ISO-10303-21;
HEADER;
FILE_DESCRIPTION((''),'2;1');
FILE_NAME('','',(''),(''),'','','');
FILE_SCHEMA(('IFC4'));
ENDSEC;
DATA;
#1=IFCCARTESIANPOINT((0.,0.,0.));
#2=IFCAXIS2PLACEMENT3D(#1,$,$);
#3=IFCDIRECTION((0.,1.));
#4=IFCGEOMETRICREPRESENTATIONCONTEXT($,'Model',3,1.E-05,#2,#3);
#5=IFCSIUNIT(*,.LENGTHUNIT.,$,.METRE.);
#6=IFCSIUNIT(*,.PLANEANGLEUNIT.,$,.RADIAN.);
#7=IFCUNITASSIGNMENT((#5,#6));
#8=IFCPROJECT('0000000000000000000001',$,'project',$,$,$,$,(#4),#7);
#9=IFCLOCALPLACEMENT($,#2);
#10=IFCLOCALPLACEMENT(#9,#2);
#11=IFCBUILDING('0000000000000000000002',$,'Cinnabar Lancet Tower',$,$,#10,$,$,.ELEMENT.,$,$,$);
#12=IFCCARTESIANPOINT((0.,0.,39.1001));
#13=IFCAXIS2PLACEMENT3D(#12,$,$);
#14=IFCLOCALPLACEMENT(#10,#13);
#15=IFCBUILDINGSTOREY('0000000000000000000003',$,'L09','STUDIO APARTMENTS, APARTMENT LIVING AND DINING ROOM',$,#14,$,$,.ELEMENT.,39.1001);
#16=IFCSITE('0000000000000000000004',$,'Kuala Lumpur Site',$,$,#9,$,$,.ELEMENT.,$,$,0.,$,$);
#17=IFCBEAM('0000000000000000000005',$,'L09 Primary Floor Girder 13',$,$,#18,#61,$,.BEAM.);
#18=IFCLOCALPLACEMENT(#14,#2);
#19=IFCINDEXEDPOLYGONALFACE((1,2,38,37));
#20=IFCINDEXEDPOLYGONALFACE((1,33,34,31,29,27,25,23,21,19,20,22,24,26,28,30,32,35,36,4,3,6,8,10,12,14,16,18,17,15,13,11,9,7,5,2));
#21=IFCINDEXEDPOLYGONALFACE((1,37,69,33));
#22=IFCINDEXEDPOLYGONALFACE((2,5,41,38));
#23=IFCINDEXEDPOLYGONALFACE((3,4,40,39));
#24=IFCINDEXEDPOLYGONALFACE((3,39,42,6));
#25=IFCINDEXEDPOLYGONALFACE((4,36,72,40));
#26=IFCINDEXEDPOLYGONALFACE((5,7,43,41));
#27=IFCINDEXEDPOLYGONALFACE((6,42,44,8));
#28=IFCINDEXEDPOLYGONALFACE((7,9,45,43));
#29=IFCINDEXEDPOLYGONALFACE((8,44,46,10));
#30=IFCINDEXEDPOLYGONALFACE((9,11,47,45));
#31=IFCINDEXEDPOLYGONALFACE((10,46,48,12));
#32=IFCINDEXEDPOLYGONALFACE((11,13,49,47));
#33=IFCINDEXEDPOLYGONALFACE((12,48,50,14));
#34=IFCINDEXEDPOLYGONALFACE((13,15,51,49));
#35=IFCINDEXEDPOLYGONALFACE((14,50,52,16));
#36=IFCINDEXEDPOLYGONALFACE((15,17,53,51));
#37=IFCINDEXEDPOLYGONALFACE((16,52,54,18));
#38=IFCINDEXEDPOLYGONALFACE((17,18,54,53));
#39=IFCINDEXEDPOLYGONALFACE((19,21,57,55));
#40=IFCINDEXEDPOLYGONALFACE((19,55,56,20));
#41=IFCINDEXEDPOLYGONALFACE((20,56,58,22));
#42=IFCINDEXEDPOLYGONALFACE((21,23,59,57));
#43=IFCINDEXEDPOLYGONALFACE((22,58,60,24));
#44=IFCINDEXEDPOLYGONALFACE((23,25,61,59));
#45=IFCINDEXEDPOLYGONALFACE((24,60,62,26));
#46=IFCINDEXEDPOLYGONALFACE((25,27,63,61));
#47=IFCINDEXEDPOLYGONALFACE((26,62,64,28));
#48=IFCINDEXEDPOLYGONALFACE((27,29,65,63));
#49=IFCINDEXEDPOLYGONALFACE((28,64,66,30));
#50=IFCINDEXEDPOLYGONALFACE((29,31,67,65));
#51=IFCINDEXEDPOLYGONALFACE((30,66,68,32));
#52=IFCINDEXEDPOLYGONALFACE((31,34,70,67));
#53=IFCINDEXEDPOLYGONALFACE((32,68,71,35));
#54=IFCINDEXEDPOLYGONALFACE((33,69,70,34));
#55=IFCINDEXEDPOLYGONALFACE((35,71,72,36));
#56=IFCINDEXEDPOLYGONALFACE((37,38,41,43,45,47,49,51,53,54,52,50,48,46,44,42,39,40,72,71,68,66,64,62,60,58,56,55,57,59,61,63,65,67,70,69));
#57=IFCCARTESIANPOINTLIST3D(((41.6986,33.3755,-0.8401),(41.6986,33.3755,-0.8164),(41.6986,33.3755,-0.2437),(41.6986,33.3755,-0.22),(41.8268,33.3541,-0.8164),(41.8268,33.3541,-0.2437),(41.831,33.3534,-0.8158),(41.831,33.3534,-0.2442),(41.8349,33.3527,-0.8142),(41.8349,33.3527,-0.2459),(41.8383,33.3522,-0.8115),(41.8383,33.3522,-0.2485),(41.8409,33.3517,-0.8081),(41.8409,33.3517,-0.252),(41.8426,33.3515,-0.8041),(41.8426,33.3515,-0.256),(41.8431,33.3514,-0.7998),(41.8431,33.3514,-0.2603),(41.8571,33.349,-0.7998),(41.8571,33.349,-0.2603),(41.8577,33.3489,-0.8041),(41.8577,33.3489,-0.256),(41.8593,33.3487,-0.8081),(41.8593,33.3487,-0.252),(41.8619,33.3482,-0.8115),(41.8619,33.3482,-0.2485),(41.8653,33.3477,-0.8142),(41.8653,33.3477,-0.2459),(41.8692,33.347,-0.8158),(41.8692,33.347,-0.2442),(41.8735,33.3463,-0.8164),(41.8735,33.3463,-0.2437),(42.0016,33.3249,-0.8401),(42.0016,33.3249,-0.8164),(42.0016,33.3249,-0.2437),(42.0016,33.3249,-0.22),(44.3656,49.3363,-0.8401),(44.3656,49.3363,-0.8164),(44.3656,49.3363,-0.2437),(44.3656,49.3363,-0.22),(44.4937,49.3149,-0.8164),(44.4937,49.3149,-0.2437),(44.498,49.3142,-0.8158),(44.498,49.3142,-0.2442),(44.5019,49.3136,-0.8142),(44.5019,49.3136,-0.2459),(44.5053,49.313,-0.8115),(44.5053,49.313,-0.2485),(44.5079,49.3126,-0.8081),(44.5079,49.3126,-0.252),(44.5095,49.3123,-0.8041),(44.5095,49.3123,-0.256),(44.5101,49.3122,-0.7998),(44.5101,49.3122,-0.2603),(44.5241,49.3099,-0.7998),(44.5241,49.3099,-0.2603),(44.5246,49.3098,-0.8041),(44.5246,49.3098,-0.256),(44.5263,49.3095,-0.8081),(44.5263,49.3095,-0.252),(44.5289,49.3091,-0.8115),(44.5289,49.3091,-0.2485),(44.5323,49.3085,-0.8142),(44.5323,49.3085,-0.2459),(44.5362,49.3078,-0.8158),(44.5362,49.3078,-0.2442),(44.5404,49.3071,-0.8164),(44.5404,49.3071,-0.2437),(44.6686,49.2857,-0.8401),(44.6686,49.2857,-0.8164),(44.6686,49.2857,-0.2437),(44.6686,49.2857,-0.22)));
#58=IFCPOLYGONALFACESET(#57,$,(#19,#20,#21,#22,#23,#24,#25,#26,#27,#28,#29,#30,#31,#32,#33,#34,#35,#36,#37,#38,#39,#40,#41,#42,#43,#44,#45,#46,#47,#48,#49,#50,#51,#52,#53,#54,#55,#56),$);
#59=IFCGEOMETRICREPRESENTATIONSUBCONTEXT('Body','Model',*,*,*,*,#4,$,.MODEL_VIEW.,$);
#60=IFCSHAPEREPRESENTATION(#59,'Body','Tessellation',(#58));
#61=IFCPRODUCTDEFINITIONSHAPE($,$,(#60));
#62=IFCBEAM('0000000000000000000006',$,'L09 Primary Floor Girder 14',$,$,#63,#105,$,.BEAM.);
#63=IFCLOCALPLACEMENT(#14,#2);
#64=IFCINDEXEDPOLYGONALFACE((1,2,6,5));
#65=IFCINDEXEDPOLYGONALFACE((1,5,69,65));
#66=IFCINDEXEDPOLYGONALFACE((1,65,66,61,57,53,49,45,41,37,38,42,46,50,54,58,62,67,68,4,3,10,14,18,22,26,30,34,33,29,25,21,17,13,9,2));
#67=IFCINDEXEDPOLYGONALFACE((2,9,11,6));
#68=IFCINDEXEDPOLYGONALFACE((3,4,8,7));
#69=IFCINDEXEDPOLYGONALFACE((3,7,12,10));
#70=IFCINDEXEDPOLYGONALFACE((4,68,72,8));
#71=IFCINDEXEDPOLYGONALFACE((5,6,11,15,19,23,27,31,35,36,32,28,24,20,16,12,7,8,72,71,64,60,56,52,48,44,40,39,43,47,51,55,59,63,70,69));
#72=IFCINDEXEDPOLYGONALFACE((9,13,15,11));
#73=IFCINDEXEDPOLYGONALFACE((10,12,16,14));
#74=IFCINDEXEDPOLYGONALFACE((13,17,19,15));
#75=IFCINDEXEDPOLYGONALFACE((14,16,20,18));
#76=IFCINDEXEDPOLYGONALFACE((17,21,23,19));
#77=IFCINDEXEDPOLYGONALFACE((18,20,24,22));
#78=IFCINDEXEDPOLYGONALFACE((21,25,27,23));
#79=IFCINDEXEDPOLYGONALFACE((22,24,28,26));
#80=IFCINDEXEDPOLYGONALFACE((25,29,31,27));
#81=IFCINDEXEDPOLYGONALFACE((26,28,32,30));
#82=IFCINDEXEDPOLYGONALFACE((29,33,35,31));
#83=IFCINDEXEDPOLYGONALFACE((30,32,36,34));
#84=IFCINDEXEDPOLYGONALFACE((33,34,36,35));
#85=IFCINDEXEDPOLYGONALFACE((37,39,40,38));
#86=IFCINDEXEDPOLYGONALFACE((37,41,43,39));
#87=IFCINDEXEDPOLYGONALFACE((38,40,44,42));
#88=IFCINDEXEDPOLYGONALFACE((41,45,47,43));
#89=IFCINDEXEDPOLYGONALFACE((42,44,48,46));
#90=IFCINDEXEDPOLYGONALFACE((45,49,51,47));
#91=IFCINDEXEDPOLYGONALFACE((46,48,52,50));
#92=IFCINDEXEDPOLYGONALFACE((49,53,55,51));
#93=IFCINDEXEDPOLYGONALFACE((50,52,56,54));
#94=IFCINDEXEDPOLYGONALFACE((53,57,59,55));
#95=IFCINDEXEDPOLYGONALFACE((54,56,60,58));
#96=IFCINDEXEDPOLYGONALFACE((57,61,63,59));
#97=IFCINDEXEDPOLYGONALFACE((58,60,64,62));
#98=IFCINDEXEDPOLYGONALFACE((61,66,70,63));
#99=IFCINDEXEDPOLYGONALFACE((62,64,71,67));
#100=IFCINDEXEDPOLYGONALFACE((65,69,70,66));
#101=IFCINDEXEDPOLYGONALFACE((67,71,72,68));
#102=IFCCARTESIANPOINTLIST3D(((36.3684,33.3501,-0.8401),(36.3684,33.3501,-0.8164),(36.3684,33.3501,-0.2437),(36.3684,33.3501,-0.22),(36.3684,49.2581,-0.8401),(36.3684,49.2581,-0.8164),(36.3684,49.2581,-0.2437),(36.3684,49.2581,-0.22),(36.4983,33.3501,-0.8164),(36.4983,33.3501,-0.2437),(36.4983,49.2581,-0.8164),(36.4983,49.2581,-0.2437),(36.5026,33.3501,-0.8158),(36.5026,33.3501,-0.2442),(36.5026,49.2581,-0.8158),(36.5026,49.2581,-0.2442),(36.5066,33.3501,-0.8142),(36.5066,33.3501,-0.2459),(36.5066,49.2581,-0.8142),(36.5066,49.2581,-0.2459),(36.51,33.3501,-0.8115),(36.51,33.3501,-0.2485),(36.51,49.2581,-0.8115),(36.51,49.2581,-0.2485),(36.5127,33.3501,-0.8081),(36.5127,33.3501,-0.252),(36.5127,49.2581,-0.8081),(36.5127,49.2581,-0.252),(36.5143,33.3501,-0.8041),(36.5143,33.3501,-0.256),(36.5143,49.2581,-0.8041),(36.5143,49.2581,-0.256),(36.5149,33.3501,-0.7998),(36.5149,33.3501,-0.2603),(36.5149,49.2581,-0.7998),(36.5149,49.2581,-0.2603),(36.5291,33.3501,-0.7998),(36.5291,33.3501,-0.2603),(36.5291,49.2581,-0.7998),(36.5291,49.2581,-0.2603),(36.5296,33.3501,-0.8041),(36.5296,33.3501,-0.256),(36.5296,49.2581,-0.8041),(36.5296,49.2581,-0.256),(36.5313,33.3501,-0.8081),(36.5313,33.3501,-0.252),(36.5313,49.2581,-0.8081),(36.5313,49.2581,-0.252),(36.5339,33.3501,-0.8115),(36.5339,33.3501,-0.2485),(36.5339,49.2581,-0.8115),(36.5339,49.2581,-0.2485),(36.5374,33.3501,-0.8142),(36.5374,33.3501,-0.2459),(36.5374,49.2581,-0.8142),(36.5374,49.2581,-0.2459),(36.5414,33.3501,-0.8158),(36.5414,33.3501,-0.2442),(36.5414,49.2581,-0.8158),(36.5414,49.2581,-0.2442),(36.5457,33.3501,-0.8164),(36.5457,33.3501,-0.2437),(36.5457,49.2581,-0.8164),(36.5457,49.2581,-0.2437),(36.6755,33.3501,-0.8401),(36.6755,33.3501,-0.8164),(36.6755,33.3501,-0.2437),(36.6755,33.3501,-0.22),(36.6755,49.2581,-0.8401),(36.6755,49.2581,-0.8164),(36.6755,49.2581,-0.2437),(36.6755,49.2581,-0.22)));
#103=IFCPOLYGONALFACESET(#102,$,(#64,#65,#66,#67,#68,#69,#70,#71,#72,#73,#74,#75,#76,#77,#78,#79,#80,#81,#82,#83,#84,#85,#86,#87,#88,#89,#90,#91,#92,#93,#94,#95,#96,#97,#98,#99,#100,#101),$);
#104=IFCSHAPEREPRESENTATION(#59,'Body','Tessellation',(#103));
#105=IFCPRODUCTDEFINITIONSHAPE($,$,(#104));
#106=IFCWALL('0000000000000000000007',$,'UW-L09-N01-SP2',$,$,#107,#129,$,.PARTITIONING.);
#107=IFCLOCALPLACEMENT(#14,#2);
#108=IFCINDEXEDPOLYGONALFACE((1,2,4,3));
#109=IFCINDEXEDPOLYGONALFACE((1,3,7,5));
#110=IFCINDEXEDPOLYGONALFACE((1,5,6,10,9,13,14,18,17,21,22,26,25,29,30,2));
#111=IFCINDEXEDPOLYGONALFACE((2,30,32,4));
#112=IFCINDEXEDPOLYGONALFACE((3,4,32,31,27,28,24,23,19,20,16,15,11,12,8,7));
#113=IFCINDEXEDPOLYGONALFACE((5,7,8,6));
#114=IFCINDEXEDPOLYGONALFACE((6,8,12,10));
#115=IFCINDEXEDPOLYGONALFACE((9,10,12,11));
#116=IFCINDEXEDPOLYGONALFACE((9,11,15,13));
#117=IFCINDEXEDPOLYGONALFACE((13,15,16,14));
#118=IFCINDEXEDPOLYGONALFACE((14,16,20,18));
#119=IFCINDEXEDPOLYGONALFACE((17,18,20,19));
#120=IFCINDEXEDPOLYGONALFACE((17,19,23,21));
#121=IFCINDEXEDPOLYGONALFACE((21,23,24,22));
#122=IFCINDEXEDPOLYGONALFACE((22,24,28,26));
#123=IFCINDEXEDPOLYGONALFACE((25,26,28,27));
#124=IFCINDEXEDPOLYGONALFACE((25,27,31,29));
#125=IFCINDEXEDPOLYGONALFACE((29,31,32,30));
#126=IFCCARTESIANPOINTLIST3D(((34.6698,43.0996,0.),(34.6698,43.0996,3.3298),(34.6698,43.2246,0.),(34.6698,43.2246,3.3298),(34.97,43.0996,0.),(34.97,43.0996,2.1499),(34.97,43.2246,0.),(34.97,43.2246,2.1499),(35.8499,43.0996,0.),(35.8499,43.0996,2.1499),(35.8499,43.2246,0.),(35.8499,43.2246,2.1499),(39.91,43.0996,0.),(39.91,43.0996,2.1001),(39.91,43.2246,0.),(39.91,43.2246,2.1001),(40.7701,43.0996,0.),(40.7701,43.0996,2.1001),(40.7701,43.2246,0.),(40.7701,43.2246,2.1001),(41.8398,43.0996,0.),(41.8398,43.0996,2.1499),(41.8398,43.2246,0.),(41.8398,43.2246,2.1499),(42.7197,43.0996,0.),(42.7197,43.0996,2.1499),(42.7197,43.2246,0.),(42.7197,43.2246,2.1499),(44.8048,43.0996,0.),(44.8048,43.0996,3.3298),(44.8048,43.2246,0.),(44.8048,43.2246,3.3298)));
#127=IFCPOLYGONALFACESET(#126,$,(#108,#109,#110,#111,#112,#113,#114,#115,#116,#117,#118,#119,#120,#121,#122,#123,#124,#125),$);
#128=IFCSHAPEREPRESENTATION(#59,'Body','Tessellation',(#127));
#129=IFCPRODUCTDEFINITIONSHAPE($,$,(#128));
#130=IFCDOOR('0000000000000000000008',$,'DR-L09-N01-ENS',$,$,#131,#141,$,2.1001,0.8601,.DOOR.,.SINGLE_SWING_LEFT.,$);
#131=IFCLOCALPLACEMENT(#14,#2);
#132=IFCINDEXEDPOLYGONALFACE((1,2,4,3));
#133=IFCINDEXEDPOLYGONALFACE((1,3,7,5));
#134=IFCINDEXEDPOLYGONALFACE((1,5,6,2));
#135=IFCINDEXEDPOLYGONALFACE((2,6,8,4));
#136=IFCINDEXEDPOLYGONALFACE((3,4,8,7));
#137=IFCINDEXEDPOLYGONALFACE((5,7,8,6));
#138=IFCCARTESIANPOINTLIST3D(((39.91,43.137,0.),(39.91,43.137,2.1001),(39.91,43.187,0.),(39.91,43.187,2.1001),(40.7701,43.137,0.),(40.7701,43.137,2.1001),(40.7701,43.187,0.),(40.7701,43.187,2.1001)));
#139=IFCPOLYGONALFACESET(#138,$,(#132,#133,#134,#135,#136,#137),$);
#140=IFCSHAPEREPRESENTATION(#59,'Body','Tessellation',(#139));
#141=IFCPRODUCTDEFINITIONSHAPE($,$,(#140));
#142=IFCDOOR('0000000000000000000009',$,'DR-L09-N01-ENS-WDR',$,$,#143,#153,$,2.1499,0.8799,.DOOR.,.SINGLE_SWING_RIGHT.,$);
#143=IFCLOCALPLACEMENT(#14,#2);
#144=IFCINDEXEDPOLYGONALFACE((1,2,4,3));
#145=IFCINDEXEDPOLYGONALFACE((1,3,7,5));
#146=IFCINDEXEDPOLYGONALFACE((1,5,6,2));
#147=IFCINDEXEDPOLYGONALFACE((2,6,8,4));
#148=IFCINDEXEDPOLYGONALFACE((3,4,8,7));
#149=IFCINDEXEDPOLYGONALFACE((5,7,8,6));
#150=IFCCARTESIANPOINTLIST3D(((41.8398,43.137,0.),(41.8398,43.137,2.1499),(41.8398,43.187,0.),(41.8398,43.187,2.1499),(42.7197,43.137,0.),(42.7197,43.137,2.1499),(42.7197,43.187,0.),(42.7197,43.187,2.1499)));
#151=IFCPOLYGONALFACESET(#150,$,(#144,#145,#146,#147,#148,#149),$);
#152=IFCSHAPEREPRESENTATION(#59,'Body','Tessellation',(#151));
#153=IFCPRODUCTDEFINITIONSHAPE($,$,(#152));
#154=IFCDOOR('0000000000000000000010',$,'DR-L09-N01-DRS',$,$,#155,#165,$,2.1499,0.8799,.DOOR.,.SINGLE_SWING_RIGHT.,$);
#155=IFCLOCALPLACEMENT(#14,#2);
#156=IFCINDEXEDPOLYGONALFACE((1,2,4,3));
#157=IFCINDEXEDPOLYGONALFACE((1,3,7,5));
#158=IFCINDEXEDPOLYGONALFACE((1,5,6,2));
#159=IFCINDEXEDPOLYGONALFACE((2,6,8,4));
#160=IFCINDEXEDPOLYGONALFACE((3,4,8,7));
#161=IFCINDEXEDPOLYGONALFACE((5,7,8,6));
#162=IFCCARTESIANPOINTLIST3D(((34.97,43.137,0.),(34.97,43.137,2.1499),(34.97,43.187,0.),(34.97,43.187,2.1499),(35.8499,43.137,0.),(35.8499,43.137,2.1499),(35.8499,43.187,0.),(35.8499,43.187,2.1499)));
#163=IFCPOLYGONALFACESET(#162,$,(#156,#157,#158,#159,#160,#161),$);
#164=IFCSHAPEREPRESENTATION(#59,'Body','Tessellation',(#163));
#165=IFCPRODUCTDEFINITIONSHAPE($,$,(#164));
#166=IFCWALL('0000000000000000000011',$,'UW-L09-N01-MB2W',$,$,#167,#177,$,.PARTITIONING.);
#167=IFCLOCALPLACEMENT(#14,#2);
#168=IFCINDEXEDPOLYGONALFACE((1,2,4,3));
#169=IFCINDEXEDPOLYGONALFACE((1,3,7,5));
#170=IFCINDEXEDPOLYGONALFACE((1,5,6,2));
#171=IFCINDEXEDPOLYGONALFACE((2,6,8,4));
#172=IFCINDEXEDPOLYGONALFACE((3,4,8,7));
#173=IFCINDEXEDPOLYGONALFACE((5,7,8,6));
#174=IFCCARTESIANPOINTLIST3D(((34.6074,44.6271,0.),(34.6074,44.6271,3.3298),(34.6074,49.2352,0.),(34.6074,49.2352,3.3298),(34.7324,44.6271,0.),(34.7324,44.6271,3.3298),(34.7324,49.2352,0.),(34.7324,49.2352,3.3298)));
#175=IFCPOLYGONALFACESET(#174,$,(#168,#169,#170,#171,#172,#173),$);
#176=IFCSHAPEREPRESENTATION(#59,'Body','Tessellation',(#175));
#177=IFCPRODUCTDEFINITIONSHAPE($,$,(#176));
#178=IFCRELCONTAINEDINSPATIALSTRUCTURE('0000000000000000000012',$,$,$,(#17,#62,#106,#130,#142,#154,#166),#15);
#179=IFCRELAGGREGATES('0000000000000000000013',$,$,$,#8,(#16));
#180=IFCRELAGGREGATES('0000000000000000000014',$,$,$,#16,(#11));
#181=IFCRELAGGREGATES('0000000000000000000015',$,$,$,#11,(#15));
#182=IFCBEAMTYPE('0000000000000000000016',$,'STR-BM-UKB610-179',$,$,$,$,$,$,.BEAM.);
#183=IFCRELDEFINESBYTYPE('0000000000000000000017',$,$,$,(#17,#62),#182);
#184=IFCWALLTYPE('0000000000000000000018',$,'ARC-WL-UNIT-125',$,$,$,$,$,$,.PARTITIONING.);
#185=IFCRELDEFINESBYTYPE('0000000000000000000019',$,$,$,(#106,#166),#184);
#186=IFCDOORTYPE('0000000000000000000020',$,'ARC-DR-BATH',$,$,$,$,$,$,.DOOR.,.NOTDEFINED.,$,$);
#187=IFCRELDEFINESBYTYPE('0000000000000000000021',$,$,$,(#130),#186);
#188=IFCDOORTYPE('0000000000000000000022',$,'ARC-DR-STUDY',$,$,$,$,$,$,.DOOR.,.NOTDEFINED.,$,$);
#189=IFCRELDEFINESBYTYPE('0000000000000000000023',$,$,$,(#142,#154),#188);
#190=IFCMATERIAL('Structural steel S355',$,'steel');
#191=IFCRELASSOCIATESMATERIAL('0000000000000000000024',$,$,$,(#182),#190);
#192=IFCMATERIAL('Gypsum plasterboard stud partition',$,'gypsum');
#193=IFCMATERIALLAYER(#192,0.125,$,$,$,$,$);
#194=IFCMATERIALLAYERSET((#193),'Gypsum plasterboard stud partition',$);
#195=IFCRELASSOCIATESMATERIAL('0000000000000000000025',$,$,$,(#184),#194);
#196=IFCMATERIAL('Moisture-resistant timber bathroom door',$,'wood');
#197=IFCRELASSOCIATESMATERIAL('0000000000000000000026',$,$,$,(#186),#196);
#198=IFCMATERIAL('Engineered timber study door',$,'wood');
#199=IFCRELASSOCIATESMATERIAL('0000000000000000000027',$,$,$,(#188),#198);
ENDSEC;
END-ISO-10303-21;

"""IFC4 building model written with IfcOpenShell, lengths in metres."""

from ifc_helpers import new_model, si_unit, direction, frame, frame_2d, origin, origin_2d, place, context, subcontext, project, spatial, rectangle, i_section, extrude, material, layer, layer_set, material_profile, profile_set, type_object, element, fill, save


model = new_model("IFC4")

# Units and contexts
model_context = context("Model", 3, precision=1e-05, world=origin(), true_north=direction((0.0, 1.0)))
body_context = subcontext(model_context, "Body", "Model", "MODEL_VIEW")
ifc_project = project(units=[si_unit("LENGTHUNIT", "METRE"), si_unit("PLANEANGLEUNIT", "RADIAN")], contexts=[model_context])

# Site, building, storey
site_placement = place(None, origin())
site = spatial("IfcSite", under=ifc_project, at=site_placement, Name="Kuala Lumpur Site", CompositionType="ELEMENT", RefElevation=0.0)
building_placement = place(site_placement, origin())
building = spatial("IfcBuilding", under=site, at=building_placement, Name="Cinnabar Lancet Tower", CompositionType="ELEMENT")
storey_placement = place(building_placement, frame((0.0, 0.0, 39.1001)))
storey = spatial("IfcBuildingStorey", under=building, at=storey_placement, Name="L09", Description="STUDIO APARTMENTS, APARTMENT LIVING AND DINING ROOM", CompositionType="ELEMENT", Elevation=39.1001)

# Beams
ifc_material_1 = material(Name="Structural steel S355", Category="steel")
ifc_material_profile_1 = material_profile(ifc_material_1, i_section(OverallWidth=0.3071, OverallDepth=0.6201, WebThickness=0.0142, FlangeThickness=0.0237, FilletRadius=0.0166, at=origin_2d()), Name="UKB 610x305x179")
ifc_profile_set_1 = profile_set([ifc_material_profile_1], Name="Structural steel S355")
beam_type_1 = type_object("IfcBeamType", Name="STR-BM-UKB610-179", PredefinedType="BEAM", material=ifc_profile_set_1)
beam_1_placement = place(storey_placement, frame((44.5171, 49.311, -0.53), z_axis=(-0.16481, -0.986325, 0.0), x_axis=(0.986325, -0.16481, 0.0)))
element("IfcBeam", 1, at=beam_1_placement, inside=storey, type_object=beam_type_1, Name="L09 Primary Floor Girder 13", PredefinedType="BEAM", context=body_context, shape_type="SweptSolid", body=[
    extrude(i_section(OverallWidth=0.3071, OverallDepth=0.6201, WebThickness=0.0142, FlangeThickness=0.0237, FilletRadius=0.0166, at=origin_2d()), origin(), (0.0, 0.0, 1.0), 16.1821),
])
beam_2_placement = place(storey_placement, frame((36.522, 49.2581, -0.53), z_axis=(0.0, -1.0, 0.0), x_axis=(1.0, 0.0, 0.0)))
element("IfcBeam", 2, at=beam_2_placement, inside=storey, type_object=beam_type_1, Name="L09 Primary Floor Girder 14", PredefinedType="BEAM", context=body_context, shape_type="SweptSolid", body=[
    extrude(i_section(OverallWidth=0.3071, OverallDepth=0.6201, WebThickness=0.0142, FlangeThickness=0.0237, FilletRadius=0.0166, at=origin_2d()), origin(), (0.0, 0.0, 1.0), 15.908),
])

# Wall, openings, doors
ifc_material_2 = material(Name="Gypsum plasterboard stud partition", Category="gypsum")
ifc_layer_1 = layer(ifc_material_2, 0.125)
ifc_layer_set_1 = layer_set([ifc_layer_1], Name="Gypsum plasterboard stud partition")
wall_type_1 = type_object("IfcWallType", Name="ARC-WL-UNIT-125", PredefinedType="PARTITIONING", material=ifc_layer_set_1)
wall_1_placement = place(storey_placement, frame((34.6699, 43.1621, 0.0), z_axis=(0.0, 0.0, 1.0), x_axis=(1.0, 0.0, 0.0)))
wall_1 = element("IfcWall", 3, at=wall_1_placement, inside=storey, type_object=wall_type_1, Name="UW-L09-N01-SP2", PredefinedType="PARTITIONING", context=body_context, shape_type="SweptSolid", body=[
    extrude(rectangle(XDim=10.135, YDim=0.125, at=frame_2d((5.0674, 0.0))), origin(), (0.0, 0.0, 1.0), 3.3298),
])
opening_1_placement = place(wall_1_placement, frame((5.24, 0.0, 0.0)))
opening_1 = element("IfcOpeningElement", 4, at=opening_1_placement, cuts=wall_1, PredefinedType="OPENING", context=body_context, shape_type="SweptSolid", body=[
    extrude(rectangle(XDim=0.8601, YDim=2.1001, at=frame_2d((0.4302, 1.05))), frame((0.0, 0.0725, 0.0), z_axis=(0.0, -1.0, 0.0), x_axis=(1.0, 0.0, 0.0)), (0.0, 0.0, 1.0), 0.145),
])
opening_2_placement = place(wall_1_placement, frame((7.1699, 0.0, 0.0)))
opening_2 = element("IfcOpeningElement", 5, at=opening_2_placement, cuts=wall_1, PredefinedType="OPENING", context=body_context, shape_type="SweptSolid", body=[
    extrude(rectangle(XDim=0.8799, YDim=2.1499, at=frame_2d((0.4399, 1.075))), frame((0.0, 0.0725, 0.0), z_axis=(0.0, -1.0, 0.0), x_axis=(1.0, 0.0, 0.0)), (0.0, 0.0, 1.0), 0.145),
])
opening_3_placement = place(wall_1_placement, frame((0.3, 0.0, 0.0)))
opening_3 = element("IfcOpeningElement", 6, at=opening_3_placement, cuts=wall_1, PredefinedType="OPENING", context=body_context, shape_type="SweptSolid", body=[
    extrude(rectangle(XDim=0.8799, YDim=2.1499, at=frame_2d((0.4399, 1.075))), frame((0.0, 0.0725, 0.0), z_axis=(0.0, -1.0, 0.0), x_axis=(1.0, 0.0, 0.0)), (0.0, 0.0, 1.0), 0.145),
])
ifc_material_3 = material(Name="Moisture-resistant timber bathroom door", Category="wood")
door_type_1 = type_object("IfcDoorType", Name="ARC-DR-BATH", OperationType="NOTDEFINED", PredefinedType="DOOR", material=ifc_material_3)
door_1_placement = place(opening_1_placement, origin())
door_1 = element("IfcDoor", 7, at=door_1_placement, inside=storey, type_object=door_type_1, Name="DR-L09-N01-ENS", OperationType="SINGLE_SWING_LEFT", OverallHeight=2.1001, OverallWidth=0.8601, PredefinedType="DOOR", context=body_context, shape_type="SweptSolid", body=[
    extrude(rectangle(XDim=0.8601, YDim=2.1001, at=frame_2d((0.4302, 1.05))), frame((0.0, 0.0249, 0.0), z_axis=(0.0, -1.0, 0.0), x_axis=(1.0, 0.0, 0.0)), (0.0, 0.0, 1.0), 0.05),
])
fill(opening_1, door_1)
ifc_material_4 = material(Name="Engineered timber study door", Category="wood")
door_type_2 = type_object("IfcDoorType", Name="ARC-DR-STUDY", OperationType="NOTDEFINED", PredefinedType="DOOR", material=ifc_material_4)
door_2_placement = place(opening_2_placement, origin())
door_2 = element("IfcDoor", 8, at=door_2_placement, inside=storey, type_object=door_type_2, Name="DR-L09-N01-ENS-WDR", OperationType="SINGLE_SWING_RIGHT", OverallHeight=2.1499, OverallWidth=0.8799, PredefinedType="DOOR", context=body_context, shape_type="SweptSolid", body=[
    extrude(rectangle(XDim=0.8799, YDim=2.1499, at=frame_2d((0.4399, 1.075))), frame((0.0, 0.0249, 0.0), z_axis=(0.0, -1.0, 0.0), x_axis=(1.0, 0.0, 0.0)), (0.0, 0.0, 1.0), 0.05),
])
fill(opening_2, door_2)
door_3_placement = place(opening_3_placement, origin())
door_3 = element("IfcDoor", 9, at=door_3_placement, inside=storey, type_object=door_type_2, Name="DR-L09-N01-DRS", OperationType="SINGLE_SWING_RIGHT", OverallHeight=2.1499, OverallWidth=0.8799, PredefinedType="DOOR", context=body_context, shape_type="SweptSolid", body=[
    extrude(rectangle(XDim=0.8799, YDim=2.1499, at=frame_2d((0.4399, 1.075))), frame((0.0, 0.0249, 0.0), z_axis=(0.0, -1.0, 0.0), x_axis=(1.0, 0.0, 0.0)), (0.0, 0.0, 1.0), 0.05),
])
fill(opening_3, door_3)

# Wall
for number, where, z_axis, x_axis, name in (
    (10, (34.6699, 44.627, 0.0), (0.0, 0.0, 1.0), (0.0, 1.0, 0.0), "UW-L09-N01-MB2W"),
):
    element("IfcWall", number, at=place(storey_placement, frame(where, z_axis=z_axis, x_axis=x_axis)), inside=storey, type_object=wall_type_1, Name=name, PredefinedType="PARTITIONING", context=body_context, shape_type="SweptSolid", body=[
        extrude(rectangle(XDim=4.6082, YDim=0.125, at=frame_2d((2.3042, 0.0))), origin(), (0.0, 0.0, 1.0), 3.3298),
    ])

save(model, "model.ifc")
